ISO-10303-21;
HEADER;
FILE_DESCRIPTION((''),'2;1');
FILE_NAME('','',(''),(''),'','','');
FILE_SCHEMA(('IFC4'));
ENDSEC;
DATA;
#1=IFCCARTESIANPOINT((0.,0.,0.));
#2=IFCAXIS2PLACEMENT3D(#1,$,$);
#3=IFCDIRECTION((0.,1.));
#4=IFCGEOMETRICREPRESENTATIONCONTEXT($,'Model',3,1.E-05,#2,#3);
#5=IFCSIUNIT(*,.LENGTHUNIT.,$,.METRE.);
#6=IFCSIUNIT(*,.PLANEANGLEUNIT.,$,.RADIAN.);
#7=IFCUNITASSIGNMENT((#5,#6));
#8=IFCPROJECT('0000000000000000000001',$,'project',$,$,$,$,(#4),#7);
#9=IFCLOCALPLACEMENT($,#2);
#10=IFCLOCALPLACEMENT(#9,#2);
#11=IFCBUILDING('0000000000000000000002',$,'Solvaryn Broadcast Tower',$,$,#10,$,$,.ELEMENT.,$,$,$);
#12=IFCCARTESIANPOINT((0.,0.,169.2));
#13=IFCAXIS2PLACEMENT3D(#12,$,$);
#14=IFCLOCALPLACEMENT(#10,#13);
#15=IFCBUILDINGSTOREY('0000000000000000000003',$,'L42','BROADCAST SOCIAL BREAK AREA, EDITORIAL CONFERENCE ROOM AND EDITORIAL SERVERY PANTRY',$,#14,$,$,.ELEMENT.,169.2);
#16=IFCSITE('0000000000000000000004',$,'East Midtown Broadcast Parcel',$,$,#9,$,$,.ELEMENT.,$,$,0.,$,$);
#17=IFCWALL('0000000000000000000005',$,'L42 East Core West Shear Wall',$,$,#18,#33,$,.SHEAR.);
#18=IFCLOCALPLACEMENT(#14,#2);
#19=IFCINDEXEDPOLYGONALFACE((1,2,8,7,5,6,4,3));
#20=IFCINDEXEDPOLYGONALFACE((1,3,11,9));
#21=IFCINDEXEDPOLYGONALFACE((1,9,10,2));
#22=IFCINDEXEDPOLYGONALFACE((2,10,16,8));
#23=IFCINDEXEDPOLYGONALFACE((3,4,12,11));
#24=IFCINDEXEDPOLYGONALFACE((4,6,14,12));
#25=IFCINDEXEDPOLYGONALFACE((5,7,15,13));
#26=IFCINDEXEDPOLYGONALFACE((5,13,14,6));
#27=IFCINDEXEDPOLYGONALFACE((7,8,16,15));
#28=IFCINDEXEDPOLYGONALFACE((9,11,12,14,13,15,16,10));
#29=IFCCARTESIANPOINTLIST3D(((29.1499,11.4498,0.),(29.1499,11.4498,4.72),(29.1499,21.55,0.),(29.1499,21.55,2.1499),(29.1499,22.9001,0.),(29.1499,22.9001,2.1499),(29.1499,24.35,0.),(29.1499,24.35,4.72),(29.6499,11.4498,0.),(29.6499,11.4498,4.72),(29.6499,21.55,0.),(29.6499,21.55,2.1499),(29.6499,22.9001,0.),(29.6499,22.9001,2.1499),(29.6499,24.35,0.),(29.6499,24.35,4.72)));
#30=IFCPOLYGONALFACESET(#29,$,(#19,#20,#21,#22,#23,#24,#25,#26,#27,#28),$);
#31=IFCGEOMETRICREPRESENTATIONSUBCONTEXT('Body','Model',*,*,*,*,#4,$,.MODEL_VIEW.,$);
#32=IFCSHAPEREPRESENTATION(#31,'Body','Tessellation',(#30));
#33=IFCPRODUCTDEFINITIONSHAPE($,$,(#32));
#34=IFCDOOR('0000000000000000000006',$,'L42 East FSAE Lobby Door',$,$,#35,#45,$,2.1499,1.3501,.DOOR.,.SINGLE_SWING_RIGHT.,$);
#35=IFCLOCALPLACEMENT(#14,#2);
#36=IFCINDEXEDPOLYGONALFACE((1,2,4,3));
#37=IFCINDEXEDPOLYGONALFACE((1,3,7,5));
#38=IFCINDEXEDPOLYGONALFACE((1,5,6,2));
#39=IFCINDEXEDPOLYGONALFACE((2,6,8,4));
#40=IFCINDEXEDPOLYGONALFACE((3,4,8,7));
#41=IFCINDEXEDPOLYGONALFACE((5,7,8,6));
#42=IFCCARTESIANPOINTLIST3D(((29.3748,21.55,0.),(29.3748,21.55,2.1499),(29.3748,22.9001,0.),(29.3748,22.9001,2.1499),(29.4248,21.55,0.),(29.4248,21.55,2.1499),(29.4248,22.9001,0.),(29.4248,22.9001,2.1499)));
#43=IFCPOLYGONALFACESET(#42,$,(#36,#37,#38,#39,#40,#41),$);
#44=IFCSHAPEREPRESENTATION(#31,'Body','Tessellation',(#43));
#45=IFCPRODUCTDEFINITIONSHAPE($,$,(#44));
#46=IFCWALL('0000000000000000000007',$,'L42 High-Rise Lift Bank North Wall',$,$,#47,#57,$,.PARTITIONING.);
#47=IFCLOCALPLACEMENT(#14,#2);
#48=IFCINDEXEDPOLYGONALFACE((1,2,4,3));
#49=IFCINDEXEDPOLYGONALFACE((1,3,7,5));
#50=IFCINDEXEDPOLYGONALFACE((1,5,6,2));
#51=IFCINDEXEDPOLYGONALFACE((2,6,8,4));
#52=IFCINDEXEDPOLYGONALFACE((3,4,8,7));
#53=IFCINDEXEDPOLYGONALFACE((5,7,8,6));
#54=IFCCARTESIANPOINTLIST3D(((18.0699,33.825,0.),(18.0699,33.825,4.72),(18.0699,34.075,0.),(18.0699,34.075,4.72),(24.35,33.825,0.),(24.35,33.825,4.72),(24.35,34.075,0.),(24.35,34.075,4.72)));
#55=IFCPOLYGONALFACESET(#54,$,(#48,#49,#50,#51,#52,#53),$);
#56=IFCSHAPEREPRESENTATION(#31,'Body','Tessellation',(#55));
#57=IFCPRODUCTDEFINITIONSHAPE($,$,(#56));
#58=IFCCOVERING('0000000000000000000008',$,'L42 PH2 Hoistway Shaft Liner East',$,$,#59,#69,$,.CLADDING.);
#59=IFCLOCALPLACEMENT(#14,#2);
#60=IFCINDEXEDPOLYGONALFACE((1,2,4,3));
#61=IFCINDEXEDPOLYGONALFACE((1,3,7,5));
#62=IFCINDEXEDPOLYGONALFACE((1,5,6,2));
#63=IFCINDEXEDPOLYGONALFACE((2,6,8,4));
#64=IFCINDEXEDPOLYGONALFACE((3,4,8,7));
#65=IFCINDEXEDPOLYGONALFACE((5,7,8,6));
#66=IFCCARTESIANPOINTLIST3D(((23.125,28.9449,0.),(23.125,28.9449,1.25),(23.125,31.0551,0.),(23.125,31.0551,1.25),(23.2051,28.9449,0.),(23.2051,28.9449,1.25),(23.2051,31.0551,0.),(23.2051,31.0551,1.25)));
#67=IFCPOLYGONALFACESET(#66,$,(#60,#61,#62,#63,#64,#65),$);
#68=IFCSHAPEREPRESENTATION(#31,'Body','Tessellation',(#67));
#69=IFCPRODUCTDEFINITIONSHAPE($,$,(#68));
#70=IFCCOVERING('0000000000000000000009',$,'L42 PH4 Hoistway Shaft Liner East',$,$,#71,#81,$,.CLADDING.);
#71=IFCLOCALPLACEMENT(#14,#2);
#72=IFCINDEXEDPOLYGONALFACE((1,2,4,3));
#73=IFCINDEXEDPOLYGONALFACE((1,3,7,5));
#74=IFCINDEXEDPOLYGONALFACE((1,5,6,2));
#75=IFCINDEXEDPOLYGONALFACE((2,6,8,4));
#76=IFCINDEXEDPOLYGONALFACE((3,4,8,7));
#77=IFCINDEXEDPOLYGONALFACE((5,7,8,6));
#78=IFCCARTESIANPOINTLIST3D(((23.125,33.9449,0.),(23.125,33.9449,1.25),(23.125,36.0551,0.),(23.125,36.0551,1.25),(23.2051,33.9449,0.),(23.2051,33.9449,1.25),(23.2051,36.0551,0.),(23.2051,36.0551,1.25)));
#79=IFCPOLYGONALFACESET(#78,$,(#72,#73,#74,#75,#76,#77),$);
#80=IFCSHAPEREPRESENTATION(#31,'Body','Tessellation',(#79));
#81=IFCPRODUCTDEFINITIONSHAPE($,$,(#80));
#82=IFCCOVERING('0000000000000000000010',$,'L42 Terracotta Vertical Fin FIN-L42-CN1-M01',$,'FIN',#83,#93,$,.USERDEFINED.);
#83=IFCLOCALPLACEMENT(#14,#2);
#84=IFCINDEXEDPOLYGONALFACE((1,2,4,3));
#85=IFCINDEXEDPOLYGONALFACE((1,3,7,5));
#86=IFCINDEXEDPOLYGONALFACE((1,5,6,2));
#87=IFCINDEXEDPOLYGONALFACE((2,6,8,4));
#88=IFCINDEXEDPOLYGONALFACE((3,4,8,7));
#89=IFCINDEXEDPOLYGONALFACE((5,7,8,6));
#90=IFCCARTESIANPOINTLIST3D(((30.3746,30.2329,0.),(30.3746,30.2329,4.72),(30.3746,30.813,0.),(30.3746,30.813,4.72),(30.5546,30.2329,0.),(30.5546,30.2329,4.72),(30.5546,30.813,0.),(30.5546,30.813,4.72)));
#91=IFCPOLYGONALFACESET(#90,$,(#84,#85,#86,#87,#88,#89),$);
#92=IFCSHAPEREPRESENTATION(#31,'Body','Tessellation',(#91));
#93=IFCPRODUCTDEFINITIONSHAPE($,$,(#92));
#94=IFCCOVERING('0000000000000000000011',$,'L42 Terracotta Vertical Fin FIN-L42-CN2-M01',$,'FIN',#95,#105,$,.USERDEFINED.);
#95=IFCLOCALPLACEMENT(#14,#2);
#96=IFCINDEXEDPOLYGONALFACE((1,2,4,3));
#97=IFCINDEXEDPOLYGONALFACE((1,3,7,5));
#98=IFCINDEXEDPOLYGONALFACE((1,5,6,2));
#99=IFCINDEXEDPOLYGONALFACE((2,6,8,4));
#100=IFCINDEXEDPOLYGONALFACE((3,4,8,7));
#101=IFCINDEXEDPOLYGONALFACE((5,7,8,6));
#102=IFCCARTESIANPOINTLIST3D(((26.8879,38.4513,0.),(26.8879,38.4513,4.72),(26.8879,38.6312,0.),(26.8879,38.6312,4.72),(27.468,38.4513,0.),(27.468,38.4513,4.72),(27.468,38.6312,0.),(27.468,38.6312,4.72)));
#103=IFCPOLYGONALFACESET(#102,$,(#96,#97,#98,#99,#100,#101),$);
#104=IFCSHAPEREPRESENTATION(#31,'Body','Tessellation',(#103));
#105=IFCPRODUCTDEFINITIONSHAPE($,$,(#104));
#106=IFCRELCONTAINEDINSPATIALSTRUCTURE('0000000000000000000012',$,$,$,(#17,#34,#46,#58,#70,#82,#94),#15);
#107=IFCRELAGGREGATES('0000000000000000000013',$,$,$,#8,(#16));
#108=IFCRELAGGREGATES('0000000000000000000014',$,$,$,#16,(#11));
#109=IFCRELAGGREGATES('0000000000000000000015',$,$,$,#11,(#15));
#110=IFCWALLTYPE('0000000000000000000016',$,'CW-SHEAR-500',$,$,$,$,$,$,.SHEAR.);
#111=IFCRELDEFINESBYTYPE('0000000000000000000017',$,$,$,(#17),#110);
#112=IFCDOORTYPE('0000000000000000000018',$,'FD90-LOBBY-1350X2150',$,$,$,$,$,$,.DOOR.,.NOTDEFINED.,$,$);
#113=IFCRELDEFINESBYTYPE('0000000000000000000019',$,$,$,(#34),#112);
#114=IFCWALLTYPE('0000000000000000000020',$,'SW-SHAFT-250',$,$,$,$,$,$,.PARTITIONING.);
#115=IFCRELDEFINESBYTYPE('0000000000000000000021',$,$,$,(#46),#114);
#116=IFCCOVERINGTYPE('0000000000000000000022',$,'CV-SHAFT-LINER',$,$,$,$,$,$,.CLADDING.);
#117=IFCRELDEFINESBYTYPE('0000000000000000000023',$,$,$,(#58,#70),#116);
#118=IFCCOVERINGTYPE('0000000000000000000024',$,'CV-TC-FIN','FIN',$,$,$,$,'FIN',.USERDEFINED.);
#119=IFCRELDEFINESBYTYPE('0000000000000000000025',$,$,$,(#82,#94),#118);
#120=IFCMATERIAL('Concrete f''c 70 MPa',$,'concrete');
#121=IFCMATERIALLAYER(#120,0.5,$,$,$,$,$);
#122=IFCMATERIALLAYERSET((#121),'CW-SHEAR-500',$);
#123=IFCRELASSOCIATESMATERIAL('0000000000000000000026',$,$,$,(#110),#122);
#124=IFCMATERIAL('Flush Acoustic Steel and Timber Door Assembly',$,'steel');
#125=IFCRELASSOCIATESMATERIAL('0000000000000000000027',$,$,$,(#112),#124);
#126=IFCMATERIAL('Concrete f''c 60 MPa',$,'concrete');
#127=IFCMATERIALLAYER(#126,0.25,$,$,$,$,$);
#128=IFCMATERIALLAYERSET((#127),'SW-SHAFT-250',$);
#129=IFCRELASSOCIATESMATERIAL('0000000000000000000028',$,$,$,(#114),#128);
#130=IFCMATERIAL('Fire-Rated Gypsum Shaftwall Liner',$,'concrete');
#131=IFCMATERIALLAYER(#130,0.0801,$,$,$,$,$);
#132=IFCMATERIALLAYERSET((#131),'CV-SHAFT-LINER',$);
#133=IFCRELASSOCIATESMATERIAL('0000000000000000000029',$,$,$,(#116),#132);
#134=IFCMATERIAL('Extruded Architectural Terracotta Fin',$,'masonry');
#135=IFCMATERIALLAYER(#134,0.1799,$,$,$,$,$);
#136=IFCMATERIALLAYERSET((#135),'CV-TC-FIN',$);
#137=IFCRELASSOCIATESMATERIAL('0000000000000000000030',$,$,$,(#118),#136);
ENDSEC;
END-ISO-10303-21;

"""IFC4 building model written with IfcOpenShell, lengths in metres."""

from ifc_helpers import new_model, si_unit, direction, frame, frame_2d, origin, origin_2d, place, context, subcontext, project, spatial, rectangle, extrude, material, layer, layer_set, type_object, element, fill, save


model = new_model("IFC4")

# Units and contexts
model_context = context("Model", 3, precision=1e-05, world=origin(), true_north=direction((0.0, 1.0)))
body_context = subcontext(model_context, "Body", "Model", "MODEL_VIEW")
ifc_project = project(units=[si_unit("LENGTHUNIT", "METRE"), si_unit("PLANEANGLEUNIT", "RADIAN")], contexts=[model_context])

# Site, building, storey
site_placement = place(None, origin())
site = spatial("IfcSite", under=ifc_project, at=site_placement, Name="East Midtown Broadcast Parcel", CompositionType="ELEMENT", RefElevation=0.0)
building_placement = place(site_placement, origin())
building = spatial("IfcBuilding", under=site, at=building_placement, Name="Solvaryn Broadcast Tower", CompositionType="ELEMENT")
storey_placement = place(building_placement, frame((0.0, 0.0, 169.2)))
storey = spatial("IfcBuildingStorey", under=building, at=storey_placement, Name="L42", Description="BROADCAST SOCIAL BREAK AREA, EDITORIAL CONFERENCE ROOM AND EDITORIAL SERVERY PANTRY", CompositionType="ELEMENT", Elevation=169.2)

# Shared definitions
ifc_material_1 = material(Name="Concrete f'c 70 MPa", Category="concrete")
ifc_layer_1 = layer(ifc_material_1, 0.5)
ifc_layer_set_1 = layer_set([ifc_layer_1], Name="CW-SHEAR-500")
wall_type_1 = type_object("IfcWallType", Name="CW-SHEAR-500", PredefinedType="SHEAR", material=ifc_layer_set_1)

# Wall, opening, door
wall_1_placement = place(storey_placement, frame((29.3999, 24.3501, 0.0), z_axis=(0.0, 0.0, 1.0), x_axis=(0.0, -1.0, 0.0)))
wall_1 = element("IfcWall", 1, at=wall_1_placement, inside=storey, type_object=wall_type_1, Name="L42 East Core West Shear Wall", PredefinedType="SHEAR", context=body_context, shape_type="SweptSolid", body=[
    extrude(rectangle(XDim=12.9001, YDim=0.5, at=frame_2d((6.4502, 0.0))), origin(), (0.0, 0.0, 1.0), 4.72),
])
opening_1_placement = place(wall_1_placement, frame((1.45, 0.0, 0.0)))
opening_1 = element("IfcOpeningElement", 2, at=opening_1_placement, cuts=wall_1, PredefinedType="OPENING", context=body_context, shape_type="SweptSolid", body=[
    extrude(rectangle(XDim=1.3501, YDim=2.1499, at=frame_2d((0.675, 1.075))), frame((0.0, 0.26, 0.0), z_axis=(0.0, -1.0, 0.0), x_axis=(1.0, 0.0, 0.0)), (0.0, 0.0, 1.0), 0.52),
])
ifc_material_2 = material(Name="Flush Acoustic Steel and Timber Door Assembly", Category="steel")
door_type_1 = type_object("IfcDoorType", Name="FD90-LOBBY-1350X2150", OperationType="NOTDEFINED", PredefinedType="DOOR", material=ifc_material_2)
door_1_placement = place(opening_1_placement, origin())
door_1 = element("IfcDoor", 3, at=door_1_placement, inside=storey, type_object=door_type_1, Name="L42 East FSAE Lobby Door", OperationType="SINGLE_SWING_RIGHT", OverallHeight=2.1499, OverallWidth=1.3501, PredefinedType="DOOR", context=body_context, shape_type="SweptSolid", body=[
    extrude(rectangle(XDim=1.3501, YDim=2.1499, at=frame_2d((0.675, 1.075))), frame((0.0, 0.0249, 0.0), z_axis=(0.0, -1.0, 0.0), x_axis=(1.0, 0.0, 0.0)), (0.0, 0.0, 1.0), 0.05),
])
fill(opening_1, door_1)

# Wall
ifc_material_3 = material(Name="Concrete f'c 60 MPa", Category="concrete")
ifc_layer_2 = layer(ifc_material_3, 0.25)
ifc_layer_set_2 = layer_set([ifc_layer_2], Name="SW-SHAFT-250")
wall_type_2 = type_object("IfcWallType", Name="SW-SHAFT-250", PredefinedType="PARTITIONING", material=ifc_layer_set_2)
wall_2_placement = place(storey_placement, frame((24.3501, 33.95, 0.0), z_axis=(0.0, 0.0, 1.0), x_axis=(-1.0, 0.0, 0.0)))
element("IfcWall", 4, at=wall_2_placement, inside=storey, type_object=wall_type_2, Name="L42 High-Rise Lift Bank North Wall", PredefinedType="PARTITIONING", context=body_context, shape_type="SweptSolid", body=[
    extrude(rectangle(XDim=6.28, YDim=0.25, at=frame_2d((3.1401, 0.0))), origin(), (0.0, 0.0, 1.0), 4.72),
])

# Coverings
ifc_material_4 = material(Name="Fire-Rated Gypsum Shaftwall Liner", Category="concrete")
ifc_layer_3 = layer(ifc_material_4, 0.0801)
ifc_layer_set_3 = layer_set([ifc_layer_3], Name="CV-SHAFT-LINER")
covering_type_1 = type_object("IfcCoveringType", Name="CV-SHAFT-LINER", PredefinedType="CLADDING", material=ifc_layer_set_3)
for number, where, z_axis, x_axis, name in (
    (5, (23.165, 30.0, 0.0), (0.0, 0.0, 1.0), (1.0, 0.0, 0.0), "L42 PH2 Hoistway Shaft Liner East"),
    (6, (23.165, 35.0, 0.0), (0.0, 0.0, 1.0), (1.0, 0.0, 0.0), "L42 PH4 Hoistway Shaft Liner East"),
):
    element("IfcCovering", number, at=place(storey_placement, frame(where, z_axis=z_axis, x_axis=x_axis)), inside=storey, type_object=covering_type_1, Name=name, PredefinedType="CLADDING", context=body_context, shape_type="SweptSolid", body=[
        extrude(rectangle(XDim=0.0801, YDim=2.1101, at=origin_2d()), origin(), (0.0, 0.0, 1.0), 1.25),
    ])
ifc_material_5 = material(Name="Extruded Architectural Terracotta Fin", Category="masonry")
ifc_layer_4 = layer(ifc_material_5, 0.1799)
ifc_layer_set_4 = layer_set([ifc_layer_4], Name="CV-TC-FIN")
covering_type_2 = type_object("IfcCoveringType", Name="CV-TC-FIN", Description="FIN", ElementType="FIN", PredefinedType="USERDEFINED", material=ifc_layer_set_4)
covering_1_placement = place(storey_placement, frame((30.4646, 30.5229, 0.0), z_axis=(0.0, 0.0, 1.0), x_axis=(1.0, 0.0, 0.0)))
element("IfcCovering", 7, at=covering_1_placement, inside=storey, type_object=covering_type_2, Name="L42 Terracotta Vertical Fin FIN-L42-CN1-M01", ObjectType="FIN", PredefinedType="USERDEFINED", context=body_context, shape_type="SweptSolid", body=[
    extrude(rectangle(XDim=0.1799, YDim=0.5801, at=origin_2d()), origin(), (0.0, 0.0, 1.0), 4.72),
])
covering_2_placement = place(storey_placement, frame((27.178, 38.5413, 0.0), z_axis=(0.0, 0.0, 1.0), x_axis=(1.0, 0.0, 0.0)))
element("IfcCovering", 8, at=covering_2_placement, inside=storey, type_object=covering_type_2, Name="L42 Terracotta Vertical Fin FIN-L42-CN2-M01", ObjectType="FIN", PredefinedType="USERDEFINED", context=body_context, shape_type="SweptSolid", body=[
    extrude(rectangle(XDim=0.5801, YDim=0.1799, at=origin_2d()), origin(), (0.0, 0.0, 1.0), 4.72),
])

save(model, "model.ifc")
